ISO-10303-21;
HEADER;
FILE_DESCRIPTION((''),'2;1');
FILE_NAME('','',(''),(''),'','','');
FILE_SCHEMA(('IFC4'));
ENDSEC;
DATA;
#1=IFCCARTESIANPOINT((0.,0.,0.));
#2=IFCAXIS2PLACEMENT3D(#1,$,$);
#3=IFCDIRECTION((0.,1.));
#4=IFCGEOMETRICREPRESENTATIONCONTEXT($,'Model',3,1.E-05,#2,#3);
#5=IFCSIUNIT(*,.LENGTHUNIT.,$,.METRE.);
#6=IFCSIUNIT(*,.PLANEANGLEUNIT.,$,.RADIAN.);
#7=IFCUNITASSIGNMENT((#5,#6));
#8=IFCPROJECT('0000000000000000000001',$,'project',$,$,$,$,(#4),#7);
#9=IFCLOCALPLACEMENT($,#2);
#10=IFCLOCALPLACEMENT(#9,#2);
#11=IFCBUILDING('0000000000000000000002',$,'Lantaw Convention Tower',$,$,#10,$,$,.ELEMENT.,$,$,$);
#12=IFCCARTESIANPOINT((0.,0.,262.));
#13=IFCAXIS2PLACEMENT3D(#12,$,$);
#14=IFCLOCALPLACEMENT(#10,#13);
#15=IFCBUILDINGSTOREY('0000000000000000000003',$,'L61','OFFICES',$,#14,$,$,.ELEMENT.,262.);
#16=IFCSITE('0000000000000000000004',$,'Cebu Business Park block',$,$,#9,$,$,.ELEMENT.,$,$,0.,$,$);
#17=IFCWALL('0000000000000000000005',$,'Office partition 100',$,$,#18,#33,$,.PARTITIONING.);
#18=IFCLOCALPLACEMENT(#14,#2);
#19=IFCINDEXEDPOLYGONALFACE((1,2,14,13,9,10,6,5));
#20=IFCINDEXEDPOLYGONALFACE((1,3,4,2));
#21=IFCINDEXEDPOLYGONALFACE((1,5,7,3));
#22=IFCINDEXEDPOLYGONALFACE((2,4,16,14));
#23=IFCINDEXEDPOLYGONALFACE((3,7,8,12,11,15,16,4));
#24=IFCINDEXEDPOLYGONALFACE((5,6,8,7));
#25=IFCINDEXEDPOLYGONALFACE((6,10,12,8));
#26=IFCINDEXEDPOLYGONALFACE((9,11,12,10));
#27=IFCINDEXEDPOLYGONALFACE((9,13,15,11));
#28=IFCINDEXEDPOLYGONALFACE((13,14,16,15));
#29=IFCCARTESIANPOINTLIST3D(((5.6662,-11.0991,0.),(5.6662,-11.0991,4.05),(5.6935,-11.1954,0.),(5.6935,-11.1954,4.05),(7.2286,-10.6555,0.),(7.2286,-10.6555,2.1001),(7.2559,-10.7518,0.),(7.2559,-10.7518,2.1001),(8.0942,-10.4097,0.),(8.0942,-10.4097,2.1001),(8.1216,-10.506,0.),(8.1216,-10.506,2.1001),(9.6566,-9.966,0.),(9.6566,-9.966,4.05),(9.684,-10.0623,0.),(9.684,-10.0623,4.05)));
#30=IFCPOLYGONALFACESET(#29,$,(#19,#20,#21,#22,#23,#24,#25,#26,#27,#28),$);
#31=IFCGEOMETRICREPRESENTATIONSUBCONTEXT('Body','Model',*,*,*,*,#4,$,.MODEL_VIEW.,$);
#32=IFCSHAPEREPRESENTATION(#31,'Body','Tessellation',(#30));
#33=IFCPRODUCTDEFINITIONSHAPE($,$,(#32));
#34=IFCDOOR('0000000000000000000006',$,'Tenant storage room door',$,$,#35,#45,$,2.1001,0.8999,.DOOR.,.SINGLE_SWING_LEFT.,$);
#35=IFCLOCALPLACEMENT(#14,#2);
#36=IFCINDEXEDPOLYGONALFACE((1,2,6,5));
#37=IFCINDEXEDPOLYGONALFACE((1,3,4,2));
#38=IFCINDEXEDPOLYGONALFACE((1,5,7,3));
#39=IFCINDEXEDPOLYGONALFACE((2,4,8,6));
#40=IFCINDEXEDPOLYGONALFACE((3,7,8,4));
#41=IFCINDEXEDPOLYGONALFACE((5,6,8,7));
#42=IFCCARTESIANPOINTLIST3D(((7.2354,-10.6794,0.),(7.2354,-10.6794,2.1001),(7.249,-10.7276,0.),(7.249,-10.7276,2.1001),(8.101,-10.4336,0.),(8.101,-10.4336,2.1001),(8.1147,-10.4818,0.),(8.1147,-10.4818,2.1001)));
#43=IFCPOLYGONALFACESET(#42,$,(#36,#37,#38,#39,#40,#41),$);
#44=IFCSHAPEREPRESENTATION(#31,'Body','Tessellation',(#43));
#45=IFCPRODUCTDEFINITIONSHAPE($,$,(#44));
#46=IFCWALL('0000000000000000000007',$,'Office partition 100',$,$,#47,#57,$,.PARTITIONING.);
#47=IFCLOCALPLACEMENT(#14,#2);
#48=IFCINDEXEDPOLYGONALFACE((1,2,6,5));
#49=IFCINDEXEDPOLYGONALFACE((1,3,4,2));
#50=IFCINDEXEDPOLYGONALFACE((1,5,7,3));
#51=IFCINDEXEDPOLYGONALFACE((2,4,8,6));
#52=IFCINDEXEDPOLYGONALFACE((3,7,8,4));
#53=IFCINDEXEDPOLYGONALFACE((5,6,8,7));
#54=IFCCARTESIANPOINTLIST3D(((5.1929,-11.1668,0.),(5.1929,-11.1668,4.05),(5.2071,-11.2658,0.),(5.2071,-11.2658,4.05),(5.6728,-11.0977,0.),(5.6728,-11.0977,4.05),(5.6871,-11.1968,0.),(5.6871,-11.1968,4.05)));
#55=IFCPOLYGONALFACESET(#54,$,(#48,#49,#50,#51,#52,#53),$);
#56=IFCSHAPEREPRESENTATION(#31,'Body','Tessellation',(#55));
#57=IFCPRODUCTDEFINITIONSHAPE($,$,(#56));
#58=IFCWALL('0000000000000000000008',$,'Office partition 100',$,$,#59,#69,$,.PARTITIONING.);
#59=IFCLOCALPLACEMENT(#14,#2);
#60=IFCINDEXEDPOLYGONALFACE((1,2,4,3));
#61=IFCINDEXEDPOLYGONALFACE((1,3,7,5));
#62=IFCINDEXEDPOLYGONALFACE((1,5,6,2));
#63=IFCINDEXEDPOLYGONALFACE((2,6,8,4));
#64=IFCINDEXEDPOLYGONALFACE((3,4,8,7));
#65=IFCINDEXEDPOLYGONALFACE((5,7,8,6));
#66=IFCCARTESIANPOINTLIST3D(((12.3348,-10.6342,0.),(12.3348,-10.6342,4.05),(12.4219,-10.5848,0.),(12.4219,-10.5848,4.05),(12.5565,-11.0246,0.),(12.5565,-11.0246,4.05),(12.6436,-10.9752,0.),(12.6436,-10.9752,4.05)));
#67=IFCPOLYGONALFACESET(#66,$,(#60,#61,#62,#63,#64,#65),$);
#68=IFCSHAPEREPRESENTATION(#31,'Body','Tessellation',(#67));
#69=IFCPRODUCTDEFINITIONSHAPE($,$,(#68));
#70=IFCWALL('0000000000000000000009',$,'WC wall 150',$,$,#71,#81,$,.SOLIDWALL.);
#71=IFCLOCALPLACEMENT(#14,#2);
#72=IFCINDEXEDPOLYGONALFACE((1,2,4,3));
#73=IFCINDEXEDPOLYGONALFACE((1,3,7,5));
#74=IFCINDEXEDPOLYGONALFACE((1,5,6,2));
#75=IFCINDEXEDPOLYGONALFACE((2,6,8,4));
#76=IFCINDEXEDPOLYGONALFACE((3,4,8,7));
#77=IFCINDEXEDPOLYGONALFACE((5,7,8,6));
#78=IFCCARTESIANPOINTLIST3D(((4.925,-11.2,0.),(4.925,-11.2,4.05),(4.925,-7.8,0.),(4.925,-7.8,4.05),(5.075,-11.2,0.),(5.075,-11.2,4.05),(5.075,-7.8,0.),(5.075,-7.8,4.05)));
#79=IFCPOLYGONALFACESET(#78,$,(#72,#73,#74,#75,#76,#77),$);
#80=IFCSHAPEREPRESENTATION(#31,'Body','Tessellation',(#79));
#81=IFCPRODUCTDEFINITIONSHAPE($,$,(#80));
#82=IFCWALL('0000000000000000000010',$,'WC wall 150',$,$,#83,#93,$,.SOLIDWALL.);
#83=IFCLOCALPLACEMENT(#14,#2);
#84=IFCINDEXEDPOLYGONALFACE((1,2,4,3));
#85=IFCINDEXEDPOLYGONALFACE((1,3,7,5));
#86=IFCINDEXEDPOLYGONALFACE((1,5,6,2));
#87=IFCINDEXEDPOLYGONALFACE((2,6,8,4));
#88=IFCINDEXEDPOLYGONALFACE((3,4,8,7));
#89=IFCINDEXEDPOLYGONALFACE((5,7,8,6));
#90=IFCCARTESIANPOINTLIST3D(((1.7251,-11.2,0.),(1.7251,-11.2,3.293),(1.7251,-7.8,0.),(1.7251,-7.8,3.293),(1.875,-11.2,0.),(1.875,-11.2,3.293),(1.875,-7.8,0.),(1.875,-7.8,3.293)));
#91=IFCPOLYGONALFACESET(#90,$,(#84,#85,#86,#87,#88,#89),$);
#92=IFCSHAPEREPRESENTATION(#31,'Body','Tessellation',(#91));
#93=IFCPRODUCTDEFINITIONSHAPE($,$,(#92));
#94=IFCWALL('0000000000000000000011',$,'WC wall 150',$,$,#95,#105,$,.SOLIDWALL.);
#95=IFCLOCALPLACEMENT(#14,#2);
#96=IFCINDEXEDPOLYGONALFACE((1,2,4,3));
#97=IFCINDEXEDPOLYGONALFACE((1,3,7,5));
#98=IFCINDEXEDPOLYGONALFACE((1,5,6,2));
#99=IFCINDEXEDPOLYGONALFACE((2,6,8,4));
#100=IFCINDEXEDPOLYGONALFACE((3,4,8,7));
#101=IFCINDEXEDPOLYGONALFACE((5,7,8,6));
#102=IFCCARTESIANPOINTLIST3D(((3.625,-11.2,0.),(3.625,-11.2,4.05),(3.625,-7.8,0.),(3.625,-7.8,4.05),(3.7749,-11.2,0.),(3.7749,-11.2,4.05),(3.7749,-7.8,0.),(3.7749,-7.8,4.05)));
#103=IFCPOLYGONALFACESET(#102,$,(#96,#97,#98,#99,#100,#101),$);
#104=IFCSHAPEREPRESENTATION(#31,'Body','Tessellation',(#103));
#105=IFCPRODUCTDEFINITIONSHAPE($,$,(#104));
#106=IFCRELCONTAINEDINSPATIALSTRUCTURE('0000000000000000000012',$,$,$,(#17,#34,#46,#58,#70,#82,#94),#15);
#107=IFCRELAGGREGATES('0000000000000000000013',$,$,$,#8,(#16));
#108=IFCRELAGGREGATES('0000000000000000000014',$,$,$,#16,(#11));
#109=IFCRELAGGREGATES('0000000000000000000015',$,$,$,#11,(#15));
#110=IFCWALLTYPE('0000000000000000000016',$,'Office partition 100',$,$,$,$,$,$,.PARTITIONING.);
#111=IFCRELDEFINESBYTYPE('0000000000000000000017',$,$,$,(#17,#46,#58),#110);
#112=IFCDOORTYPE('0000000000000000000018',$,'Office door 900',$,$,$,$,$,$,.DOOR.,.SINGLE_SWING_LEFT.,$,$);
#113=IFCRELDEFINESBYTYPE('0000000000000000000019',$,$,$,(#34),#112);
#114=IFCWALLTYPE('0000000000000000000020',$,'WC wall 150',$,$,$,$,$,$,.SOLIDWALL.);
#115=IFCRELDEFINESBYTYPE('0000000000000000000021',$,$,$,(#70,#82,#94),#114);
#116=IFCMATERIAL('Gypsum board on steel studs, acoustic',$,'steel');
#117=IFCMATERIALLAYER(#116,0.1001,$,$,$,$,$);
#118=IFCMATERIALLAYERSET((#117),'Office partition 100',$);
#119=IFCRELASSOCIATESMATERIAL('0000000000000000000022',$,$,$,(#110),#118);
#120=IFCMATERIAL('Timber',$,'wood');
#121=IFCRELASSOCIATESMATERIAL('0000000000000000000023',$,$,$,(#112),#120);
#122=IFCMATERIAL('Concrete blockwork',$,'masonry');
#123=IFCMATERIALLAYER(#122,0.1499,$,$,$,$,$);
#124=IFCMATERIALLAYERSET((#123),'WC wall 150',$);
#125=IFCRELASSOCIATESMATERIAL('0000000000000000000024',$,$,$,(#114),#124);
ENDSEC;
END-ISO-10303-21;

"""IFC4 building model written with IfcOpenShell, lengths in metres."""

from ifc_helpers import new_model, si_unit, direction, frame, frame_2d, origin, place, context, subcontext, project, spatial, rectangle, extrude, material, layer, layer_set, type_object, element, fill, save


model = new_model("IFC4")

# Units and contexts
model_context = context("Model", 3, precision=1e-05, world=origin(), true_north=direction((0.0, 1.0)))
body_context = subcontext(model_context, "Body", "Model", "MODEL_VIEW")
ifc_project = project(units=[si_unit("LENGTHUNIT", "METRE"), si_unit("PLANEANGLEUNIT", "RADIAN")], contexts=[model_context])

# Site, building, storey
site_placement = place(None, origin())
site = spatial("IfcSite", under=ifc_project, at=site_placement, Name="Cebu Business Park block", CompositionType="ELEMENT", RefElevation=0.0)
building_placement = place(site_placement, origin())
building = spatial("IfcBuilding", under=site, at=building_placement, Name="Lantaw Convention Tower", CompositionType="ELEMENT")
storey_placement = place(building_placement, frame((0.0, 0.0, 262.0)))
storey = spatial("IfcBuildingStorey", under=building, at=storey_placement, Name="L61", Description="OFFICES", CompositionType="ELEMENT", Elevation=262.0)

# Shared definitions
ifc_material_1 = material(Name="Gypsum board on steel studs, acoustic", Category="steel")
ifc_layer_1 = layer(ifc_material_1, 0.1001)
ifc_layer_set_1 = layer_set([ifc_layer_1], Name="Office partition 100")
wall_type_1 = type_object("IfcWallType", Name="Office partition 100", PredefinedType="PARTITIONING", material=ifc_layer_set_1)

# Wall, opening, door
wall_1_placement = place(storey_placement, frame((9.6704, -10.0142, 0.0), z_axis=(0.0, 0.0, 1.0), x_axis=(-0.961973, -0.273143, 0.0)))
wall_1 = element("IfcWall", 1, at=wall_1_placement, inside=storey, type_object=wall_type_1, Name="Office partition 100", PredefinedType="PARTITIONING", context=body_context, shape_type="SweptSolid", body=[
    extrude(rectangle(XDim=4.1482, YDim=0.1001, at=frame_2d((2.0742, 0.0))), origin(), (0.0, 0.0, 1.0), 4.05),
])
opening_1_placement = place(wall_1_placement, frame((1.6243, 0.0, 0.0)))
opening_1 = element("IfcOpeningElement", 2, at=opening_1_placement, cuts=wall_1, PredefinedType="OPENING", context=body_context, shape_type="SweptSolid", body=[
    extrude(rectangle(XDim=0.8999, YDim=2.1001, at=frame_2d((0.45, 1.05))), frame((0.0, 0.0601, 0.0), z_axis=(0.0, -1.0, 0.0), x_axis=(1.0, 0.0, 0.0)), (0.0, 0.0, 1.0), 0.1201),
])
ifc_material_2 = material(Name="Timber", Category="wood")
door_type_1 = type_object("IfcDoorType", Name="Office door 900", OperationType="SINGLE_SWING_LEFT", PredefinedType="DOOR", material=ifc_material_2)
door_1_placement = place(opening_1_placement, origin())
door_1 = element("IfcDoor", 3, at=door_1_placement, inside=storey, type_object=door_type_1, Name="Tenant storage room door", OperationType="SINGLE_SWING_LEFT", OverallHeight=2.1001, OverallWidth=0.8999, PredefinedType="DOOR", context=body_context, shape_type="SweptSolid", body=[
    extrude(rectangle(XDim=0.8999, YDim=2.1001, at=frame_2d((0.45, 1.05))), frame((0.0, 0.0249, 0.0), z_axis=(0.0, -1.0, 0.0), x_axis=(1.0, 0.0, 0.0)), (0.0, 0.0, 1.0), 0.05),
])
fill(opening_1, door_1)

# Walls
wall_2_placement = place(storey_placement, frame((5.6799, -11.1472, 0.0), z_axis=(0.0, 0.0, 1.0), x_axis=(-0.989798, -0.142479, 0.0)))
element("IfcWall", 4, at=wall_2_placement, inside=storey, type_object=wall_type_1, Name="Office partition 100", PredefinedType="PARTITIONING", context=body_context, shape_type="SweptSolid", body=[
    extrude(rectangle(XDim=0.4849, YDim=0.1001, at=frame_2d((0.2424, 0.0))), origin(), (0.0, 0.0, 1.0), 4.05),
])
wall_3_placement = place(storey_placement, frame((12.6001, -11.0, 0.0), z_axis=(0.0, 0.0, 1.0), x_axis=(-0.493794, 0.869579, 0.0)))
element("IfcWall", 5, at=wall_3_placement, inside=storey, type_object=wall_type_1, Name="Office partition 100", PredefinedType="PARTITIONING", context=body_context, shape_type="SweptSolid", body=[
    extrude(rectangle(XDim=0.449, YDim=0.1001, at=frame_2d((0.2246, 0.0))), origin(), (0.0, 0.0, 1.0), 4.05),
])
ifc_material_3 = material(Name="Concrete blockwork", Category="masonry")
ifc_layer_2 = layer(ifc_material_3, 0.1499)
ifc_layer_set_2 = layer_set([ifc_layer_2], Name="WC wall 150")
wall_type_2 = type_object("IfcWallType", Name="WC wall 150", PredefinedType="SOLIDWALL", material=ifc_layer_set_2)
wall_4_placement = place(storey_placement, frame((5.0, -7.8, 0.0), z_axis=(0.0, 0.0, 1.0), x_axis=(0.0, -1.0, 0.0)))
element("IfcWall", 6, at=wall_4_placement, inside=storey, type_object=wall_type_2, Name="WC wall 150", PredefinedType="SOLIDWALL", context=body_context, shape_type="SweptSolid", body=[
    extrude(rectangle(XDim=3.3999, YDim=0.1499, at=frame_2d((1.7, 0.0))), origin(), (0.0, 0.0, 1.0), 4.05),
])
wall_5_placement = place(storey_placement, frame((1.8, -7.8, 0.0), z_axis=(0.0, 0.0, 1.0), x_axis=(0.0, -1.0, 0.0)))
element("IfcWall", 7, at=wall_5_placement, inside=storey, type_object=wall_type_2, Name="WC wall 150", PredefinedType="SOLIDWALL", context=body_context, shape_type="SweptSolid", body=[
    extrude(rectangle(XDim=3.3999, YDim=0.1499, at=frame_2d((1.7, 0.0))), origin(), (0.0, 0.0, 1.0), 3.293),
])
wall_6_placement = place(storey_placement, frame((3.7, -7.8, 0.0), z_axis=(0.0, 0.0, 1.0), x_axis=(0.0, -1.0, 0.0)))
element("IfcWall", 8, at=wall_6_placement, inside=storey, type_object=wall_type_2, Name="WC wall 150", PredefinedType="SOLIDWALL", context=body_context, shape_type="SweptSolid", body=[
    extrude(rectangle(XDim=3.3999, YDim=0.1499, at=frame_2d((1.7, 0.0))), origin(), (0.0, 0.0, 1.0), 4.05),
])

save(model, "model.ifc")
